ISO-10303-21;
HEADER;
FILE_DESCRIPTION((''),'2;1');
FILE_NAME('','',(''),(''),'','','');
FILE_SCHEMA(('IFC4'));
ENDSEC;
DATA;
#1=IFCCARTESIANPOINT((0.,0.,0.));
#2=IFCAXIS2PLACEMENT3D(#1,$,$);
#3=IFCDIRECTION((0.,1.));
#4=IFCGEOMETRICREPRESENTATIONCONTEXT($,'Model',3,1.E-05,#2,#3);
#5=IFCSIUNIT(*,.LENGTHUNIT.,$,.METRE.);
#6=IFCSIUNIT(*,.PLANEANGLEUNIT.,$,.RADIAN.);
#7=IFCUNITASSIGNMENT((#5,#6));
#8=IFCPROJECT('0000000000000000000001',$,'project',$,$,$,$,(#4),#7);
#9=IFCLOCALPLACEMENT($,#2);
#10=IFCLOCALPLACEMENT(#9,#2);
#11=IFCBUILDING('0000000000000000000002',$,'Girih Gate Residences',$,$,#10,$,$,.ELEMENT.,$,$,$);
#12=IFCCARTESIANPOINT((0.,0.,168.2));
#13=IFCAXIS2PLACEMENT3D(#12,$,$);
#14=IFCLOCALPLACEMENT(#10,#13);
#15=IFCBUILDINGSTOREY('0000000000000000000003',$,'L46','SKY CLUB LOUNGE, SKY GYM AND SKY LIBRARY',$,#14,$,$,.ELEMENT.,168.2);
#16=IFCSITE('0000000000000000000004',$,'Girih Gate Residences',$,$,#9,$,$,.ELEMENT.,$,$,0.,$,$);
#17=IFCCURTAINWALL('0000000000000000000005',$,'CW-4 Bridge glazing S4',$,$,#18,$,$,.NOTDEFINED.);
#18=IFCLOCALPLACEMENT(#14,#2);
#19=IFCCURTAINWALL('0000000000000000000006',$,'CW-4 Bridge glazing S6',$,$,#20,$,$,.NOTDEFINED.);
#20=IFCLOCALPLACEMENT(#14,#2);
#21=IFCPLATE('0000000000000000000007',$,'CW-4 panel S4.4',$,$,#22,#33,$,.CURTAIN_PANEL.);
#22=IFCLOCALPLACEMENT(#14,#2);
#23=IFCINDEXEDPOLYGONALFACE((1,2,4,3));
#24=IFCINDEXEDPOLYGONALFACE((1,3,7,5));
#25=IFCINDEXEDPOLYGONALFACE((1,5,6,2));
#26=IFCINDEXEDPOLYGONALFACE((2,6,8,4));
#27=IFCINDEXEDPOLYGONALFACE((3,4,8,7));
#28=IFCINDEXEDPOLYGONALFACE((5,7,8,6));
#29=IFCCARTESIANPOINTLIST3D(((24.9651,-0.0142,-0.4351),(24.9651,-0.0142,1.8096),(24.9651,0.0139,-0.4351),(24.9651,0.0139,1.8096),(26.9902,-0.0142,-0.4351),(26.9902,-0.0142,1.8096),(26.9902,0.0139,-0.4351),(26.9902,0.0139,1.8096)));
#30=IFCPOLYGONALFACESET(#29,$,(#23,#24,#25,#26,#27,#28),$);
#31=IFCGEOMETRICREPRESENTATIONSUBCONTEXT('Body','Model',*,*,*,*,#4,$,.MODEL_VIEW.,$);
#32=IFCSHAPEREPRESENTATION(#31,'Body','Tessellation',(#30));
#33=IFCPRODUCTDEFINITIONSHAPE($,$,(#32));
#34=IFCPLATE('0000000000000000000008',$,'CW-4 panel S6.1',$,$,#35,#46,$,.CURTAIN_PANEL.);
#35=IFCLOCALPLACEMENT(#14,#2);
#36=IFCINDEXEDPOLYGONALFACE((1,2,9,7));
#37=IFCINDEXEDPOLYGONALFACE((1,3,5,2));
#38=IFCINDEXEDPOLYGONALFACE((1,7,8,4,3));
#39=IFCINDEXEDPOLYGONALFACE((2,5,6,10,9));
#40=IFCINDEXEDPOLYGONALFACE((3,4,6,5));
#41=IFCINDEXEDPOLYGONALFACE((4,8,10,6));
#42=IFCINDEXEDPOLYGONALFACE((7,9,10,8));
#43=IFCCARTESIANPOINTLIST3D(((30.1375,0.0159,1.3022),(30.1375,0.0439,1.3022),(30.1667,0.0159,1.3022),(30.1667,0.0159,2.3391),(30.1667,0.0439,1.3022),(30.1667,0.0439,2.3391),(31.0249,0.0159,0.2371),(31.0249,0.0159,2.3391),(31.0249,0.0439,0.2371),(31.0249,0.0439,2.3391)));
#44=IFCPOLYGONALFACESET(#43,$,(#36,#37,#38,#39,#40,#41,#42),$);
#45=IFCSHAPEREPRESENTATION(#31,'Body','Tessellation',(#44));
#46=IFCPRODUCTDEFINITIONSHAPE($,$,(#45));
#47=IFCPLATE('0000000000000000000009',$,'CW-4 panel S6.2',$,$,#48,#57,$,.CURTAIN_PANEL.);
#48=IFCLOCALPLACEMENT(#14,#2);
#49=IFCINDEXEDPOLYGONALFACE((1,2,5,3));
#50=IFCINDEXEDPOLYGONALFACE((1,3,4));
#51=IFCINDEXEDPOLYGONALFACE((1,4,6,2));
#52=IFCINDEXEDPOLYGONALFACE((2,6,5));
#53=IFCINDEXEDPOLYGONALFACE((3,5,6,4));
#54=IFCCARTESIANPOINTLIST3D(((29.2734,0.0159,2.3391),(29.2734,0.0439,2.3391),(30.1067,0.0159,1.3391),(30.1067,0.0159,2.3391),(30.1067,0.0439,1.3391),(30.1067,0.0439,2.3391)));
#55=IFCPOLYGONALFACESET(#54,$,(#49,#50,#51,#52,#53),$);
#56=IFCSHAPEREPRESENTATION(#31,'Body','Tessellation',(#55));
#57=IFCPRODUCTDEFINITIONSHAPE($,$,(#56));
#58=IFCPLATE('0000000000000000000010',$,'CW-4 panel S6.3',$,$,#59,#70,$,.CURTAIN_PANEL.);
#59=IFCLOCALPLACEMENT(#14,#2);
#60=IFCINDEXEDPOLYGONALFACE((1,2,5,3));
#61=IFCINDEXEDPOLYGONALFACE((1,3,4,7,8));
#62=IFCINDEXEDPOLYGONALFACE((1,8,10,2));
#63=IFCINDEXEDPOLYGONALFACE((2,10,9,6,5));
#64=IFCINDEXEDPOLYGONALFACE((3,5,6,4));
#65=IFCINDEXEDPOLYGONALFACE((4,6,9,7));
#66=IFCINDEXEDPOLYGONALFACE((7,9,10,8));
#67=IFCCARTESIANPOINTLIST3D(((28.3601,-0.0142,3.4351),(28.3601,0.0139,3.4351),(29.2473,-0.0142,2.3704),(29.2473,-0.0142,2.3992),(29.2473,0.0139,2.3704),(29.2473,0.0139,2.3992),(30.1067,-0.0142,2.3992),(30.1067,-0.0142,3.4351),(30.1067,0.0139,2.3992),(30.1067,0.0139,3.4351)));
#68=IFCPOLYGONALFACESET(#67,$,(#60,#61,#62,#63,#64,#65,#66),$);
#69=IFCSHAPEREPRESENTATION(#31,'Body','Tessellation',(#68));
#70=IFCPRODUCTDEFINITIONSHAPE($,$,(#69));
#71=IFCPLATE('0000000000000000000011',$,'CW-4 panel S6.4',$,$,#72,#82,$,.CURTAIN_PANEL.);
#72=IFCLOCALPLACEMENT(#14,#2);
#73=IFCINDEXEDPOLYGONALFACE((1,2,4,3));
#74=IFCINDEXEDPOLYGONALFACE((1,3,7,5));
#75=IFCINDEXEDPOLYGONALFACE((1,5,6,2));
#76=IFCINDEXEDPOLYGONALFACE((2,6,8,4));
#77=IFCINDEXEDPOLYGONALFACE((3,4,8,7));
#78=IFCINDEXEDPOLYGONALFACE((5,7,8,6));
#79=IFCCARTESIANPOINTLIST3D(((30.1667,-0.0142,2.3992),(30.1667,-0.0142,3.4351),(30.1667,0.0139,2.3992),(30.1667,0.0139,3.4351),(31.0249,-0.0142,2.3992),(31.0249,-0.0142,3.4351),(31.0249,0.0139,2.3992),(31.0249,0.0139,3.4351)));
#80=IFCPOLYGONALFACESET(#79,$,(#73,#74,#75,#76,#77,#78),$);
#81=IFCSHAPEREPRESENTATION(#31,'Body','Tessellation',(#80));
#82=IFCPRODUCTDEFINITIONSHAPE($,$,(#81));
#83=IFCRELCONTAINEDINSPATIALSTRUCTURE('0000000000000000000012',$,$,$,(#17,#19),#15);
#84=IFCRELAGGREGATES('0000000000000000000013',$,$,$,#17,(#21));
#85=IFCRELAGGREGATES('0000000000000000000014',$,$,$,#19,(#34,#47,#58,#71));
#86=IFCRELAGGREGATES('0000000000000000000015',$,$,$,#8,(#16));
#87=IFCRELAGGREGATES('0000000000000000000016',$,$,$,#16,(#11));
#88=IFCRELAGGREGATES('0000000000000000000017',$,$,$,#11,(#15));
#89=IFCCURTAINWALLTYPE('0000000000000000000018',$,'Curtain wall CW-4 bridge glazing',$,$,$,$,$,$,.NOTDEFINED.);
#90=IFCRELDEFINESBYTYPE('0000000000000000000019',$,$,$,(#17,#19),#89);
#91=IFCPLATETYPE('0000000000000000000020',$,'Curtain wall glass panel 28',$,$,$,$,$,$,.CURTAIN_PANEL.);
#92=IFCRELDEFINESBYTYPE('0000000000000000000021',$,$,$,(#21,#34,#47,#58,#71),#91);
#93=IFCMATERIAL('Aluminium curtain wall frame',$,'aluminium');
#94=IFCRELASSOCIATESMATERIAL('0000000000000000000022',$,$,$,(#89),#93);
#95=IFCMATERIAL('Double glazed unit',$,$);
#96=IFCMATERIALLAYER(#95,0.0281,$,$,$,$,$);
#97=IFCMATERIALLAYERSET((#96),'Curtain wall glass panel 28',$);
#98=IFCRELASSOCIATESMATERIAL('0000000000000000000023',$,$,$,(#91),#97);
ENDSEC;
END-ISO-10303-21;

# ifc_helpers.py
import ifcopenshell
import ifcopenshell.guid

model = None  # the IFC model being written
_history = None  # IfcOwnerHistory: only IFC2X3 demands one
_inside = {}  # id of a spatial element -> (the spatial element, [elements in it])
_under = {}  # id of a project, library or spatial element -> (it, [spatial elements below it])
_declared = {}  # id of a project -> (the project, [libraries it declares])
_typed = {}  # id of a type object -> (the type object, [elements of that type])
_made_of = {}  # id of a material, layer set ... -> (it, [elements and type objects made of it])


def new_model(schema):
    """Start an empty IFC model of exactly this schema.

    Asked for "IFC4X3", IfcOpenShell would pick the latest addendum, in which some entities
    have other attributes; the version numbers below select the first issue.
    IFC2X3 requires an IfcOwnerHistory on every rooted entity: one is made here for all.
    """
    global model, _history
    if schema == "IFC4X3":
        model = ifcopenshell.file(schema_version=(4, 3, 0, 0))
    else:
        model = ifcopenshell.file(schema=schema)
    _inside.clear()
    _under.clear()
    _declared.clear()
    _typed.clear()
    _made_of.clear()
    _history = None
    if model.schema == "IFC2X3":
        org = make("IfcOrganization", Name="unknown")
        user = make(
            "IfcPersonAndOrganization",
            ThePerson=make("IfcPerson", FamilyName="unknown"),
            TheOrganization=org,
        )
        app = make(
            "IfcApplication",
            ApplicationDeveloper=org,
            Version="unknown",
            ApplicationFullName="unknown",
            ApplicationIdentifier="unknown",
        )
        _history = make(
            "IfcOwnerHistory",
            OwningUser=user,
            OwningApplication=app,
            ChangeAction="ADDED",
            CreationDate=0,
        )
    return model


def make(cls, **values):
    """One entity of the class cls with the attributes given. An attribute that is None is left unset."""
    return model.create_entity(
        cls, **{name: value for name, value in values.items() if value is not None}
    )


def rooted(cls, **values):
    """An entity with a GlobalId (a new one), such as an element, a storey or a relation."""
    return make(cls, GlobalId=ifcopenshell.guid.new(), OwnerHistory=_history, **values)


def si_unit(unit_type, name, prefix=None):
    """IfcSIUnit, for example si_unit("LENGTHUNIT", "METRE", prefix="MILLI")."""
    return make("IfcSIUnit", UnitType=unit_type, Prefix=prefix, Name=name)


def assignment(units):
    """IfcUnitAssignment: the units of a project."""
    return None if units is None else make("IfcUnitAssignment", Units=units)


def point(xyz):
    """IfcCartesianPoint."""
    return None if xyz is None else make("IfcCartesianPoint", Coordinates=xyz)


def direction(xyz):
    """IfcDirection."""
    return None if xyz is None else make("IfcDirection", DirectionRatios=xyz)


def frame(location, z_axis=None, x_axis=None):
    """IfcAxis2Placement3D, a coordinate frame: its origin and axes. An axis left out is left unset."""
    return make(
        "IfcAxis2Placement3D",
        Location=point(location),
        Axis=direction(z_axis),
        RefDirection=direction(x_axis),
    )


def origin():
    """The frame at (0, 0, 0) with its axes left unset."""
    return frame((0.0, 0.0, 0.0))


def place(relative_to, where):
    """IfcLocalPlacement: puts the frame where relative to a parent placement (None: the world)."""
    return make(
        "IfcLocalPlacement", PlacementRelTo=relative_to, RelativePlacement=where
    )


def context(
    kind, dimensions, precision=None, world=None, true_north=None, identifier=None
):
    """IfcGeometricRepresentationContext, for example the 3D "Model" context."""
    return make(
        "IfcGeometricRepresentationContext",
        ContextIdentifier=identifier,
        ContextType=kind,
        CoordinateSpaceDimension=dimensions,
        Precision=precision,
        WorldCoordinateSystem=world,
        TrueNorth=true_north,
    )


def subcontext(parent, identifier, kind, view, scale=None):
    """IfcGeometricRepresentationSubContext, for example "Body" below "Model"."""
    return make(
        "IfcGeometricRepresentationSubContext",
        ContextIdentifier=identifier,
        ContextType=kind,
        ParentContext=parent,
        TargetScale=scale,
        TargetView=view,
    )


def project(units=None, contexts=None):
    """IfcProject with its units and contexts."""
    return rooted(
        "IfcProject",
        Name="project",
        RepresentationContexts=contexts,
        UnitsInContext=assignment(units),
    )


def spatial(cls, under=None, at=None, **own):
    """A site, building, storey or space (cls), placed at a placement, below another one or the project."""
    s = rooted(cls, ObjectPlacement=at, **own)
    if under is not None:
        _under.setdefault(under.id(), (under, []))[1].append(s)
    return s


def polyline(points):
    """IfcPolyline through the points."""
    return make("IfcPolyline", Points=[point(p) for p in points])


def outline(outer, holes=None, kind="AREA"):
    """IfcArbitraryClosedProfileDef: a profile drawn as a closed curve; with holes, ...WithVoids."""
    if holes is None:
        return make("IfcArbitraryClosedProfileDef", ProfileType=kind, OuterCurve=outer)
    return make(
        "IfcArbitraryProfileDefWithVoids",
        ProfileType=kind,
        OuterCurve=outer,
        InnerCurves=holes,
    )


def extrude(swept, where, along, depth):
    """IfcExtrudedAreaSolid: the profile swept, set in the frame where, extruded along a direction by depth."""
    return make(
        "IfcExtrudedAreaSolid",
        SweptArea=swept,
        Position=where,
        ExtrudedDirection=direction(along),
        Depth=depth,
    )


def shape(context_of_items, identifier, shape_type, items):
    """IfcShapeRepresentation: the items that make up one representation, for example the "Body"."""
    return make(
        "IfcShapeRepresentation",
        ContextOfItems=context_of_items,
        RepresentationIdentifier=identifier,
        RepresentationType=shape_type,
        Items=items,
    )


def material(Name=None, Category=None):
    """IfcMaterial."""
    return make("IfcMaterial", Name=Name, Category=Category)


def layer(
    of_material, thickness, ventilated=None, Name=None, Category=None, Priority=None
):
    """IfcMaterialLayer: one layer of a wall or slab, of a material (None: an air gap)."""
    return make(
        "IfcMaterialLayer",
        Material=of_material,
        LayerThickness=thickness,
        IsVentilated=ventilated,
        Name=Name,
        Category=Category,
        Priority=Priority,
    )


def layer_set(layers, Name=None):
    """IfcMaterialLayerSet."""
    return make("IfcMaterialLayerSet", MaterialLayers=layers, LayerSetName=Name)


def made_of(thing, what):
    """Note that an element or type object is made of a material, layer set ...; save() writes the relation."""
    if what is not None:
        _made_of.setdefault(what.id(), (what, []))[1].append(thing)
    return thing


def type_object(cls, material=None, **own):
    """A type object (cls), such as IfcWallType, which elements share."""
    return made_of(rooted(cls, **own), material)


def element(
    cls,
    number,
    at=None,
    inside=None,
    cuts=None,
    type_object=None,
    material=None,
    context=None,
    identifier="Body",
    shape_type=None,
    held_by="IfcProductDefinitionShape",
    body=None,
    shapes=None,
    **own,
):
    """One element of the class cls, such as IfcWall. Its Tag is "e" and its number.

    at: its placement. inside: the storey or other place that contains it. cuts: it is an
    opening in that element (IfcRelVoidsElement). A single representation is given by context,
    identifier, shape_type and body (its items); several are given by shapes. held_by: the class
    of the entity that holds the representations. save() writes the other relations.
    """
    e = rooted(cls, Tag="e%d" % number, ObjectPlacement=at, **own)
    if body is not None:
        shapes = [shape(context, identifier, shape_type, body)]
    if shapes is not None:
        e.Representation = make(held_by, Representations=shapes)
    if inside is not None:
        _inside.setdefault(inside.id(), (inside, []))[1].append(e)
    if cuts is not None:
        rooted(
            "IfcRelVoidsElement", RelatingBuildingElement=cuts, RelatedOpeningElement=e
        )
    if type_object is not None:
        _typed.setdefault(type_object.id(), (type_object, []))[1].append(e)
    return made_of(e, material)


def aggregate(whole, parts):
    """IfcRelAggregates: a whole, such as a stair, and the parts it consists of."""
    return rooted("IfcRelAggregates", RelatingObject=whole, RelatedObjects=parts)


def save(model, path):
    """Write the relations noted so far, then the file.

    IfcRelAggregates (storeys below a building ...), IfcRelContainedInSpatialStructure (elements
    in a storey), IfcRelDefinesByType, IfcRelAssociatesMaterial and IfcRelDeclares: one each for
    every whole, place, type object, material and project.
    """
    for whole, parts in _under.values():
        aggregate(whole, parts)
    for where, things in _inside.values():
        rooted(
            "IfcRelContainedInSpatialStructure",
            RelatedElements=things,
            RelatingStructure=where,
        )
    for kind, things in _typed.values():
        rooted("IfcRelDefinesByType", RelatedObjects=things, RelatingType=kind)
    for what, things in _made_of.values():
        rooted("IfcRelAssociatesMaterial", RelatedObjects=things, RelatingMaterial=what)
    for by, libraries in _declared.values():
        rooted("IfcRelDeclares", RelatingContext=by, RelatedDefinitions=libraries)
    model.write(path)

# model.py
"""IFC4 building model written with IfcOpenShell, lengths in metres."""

from ifc_helpers import new_model, si_unit, direction, frame, origin, place, context, subcontext, project, spatial, polyline, outline, extrude, material, layer, layer_set, type_object, element, aggregate, save


model = new_model("IFC4")

# Units and contexts
model_context = context("Model", 3, precision=1e-05, world=origin(), true_north=direction((0.0, 1.0)))
body_context = subcontext(model_context, "Body", "Model", "MODEL_VIEW")
ifc_project = project(units=[si_unit("LENGTHUNIT", "METRE"), si_unit("PLANEANGLEUNIT", "RADIAN")], contexts=[model_context])

# Site, building, storey
site_placement = place(None, origin())
site = spatial("IfcSite", under=ifc_project, at=site_placement, Name="Girih Gate Residences", CompositionType="ELEMENT", RefElevation=0.0)
building_placement = place(site_placement, origin())
building = spatial("IfcBuilding", under=site, at=building_placement, Name="Girih Gate Residences", CompositionType="ELEMENT")
storey_placement = place(building_placement, frame((0.0, 0.0, 168.2)))
storey = spatial("IfcBuildingStorey", under=building, at=storey_placement, Name="L46", Description="SKY CLUB LOUNGE, SKY GYM AND SKY LIBRARY", CompositionType="ELEMENT", Elevation=168.2)

# Curtain walls
ifc_material_1 = material(Name="Aluminium curtain wall frame", Category="aluminium")
curtain_wall_type = type_object("IfcCurtainWallType", Name="Curtain wall CW-4 bridge glazing", PredefinedType="NOTDEFINED", material=ifc_material_1)
curtain_wall_1_placement = place(storey_placement, origin())
curtain_wall_1 = element("IfcCurtainWall", 1, at=curtain_wall_1_placement, inside=storey, type_object=curtain_wall_type, Name="CW-4 Bridge glazing S4", PredefinedType="NOTDEFINED")
curtain_wall_2_placement = place(storey_placement, origin())
curtain_wall_2 = element("IfcCurtainWall", 2, at=curtain_wall_2_placement, inside=storey, type_object=curtain_wall_type, Name="CW-4 Bridge glazing S6", PredefinedType="NOTDEFINED")

# Shared definitions
ifc_material_2 = material(Name="Double glazed unit")
ifc_layer = layer(ifc_material_2, 0.0281)
ifc_layer_set = layer_set([ifc_layer], Name="Curtain wall glass panel 28")
plate_type = type_object("IfcPlateType", Name="Curtain wall glass panel 28", PredefinedType="CURTAIN_PANEL", material=ifc_layer_set)

# Plates
plate_1_placement = place(storey_placement, frame((24.9651, 0.0139, -0.4351), z_axis=(0.0, 1.0, 0.0), x_axis=(0.0, 0.0, 1.0)))
plate_1 = element("IfcPlate", 3, at=plate_1_placement, type_object=plate_type, Name="CW-4 panel S4.4", PredefinedType="CURTAIN_PANEL", context=body_context, shape_type="SweptSolid", body=[
    extrude(outline(polyline([(0.0, 0.0), (2.2446, 0.0), (2.2446, 2.0251), (0.0, 2.0251), (0.0, 0.0)])), origin(), (0.0, 0.0, -1.0), 0.0281),
])
aggregate(curtain_wall_1, [plate_1])
plate_2_placement = place(storey_placement, frame((30.1375, 0.0439, 1.3022), z_axis=(0.0, 1.0, 0.0), x_axis=(1.0, 0.0, 0.0)))
plate_2 = element("IfcPlate", 4, at=plate_2_placement, type_object=plate_type, Name="CW-4 panel S6.1", PredefinedType="CURTAIN_PANEL", context=body_context, shape_type="SweptSolid", body=[
    extrude(outline(polyline([(0.0, 0.0), (0.0293, 0.0), (0.0293, -1.0369), (0.8875, -1.0369), (0.8875, 1.0652), (0.0, 0.0)])), origin(), (0.0, 0.0, -1.0), 0.0281),
])
plate_3_placement = place(storey_placement, frame((29.2734, 0.0439, 2.3391), z_axis=(0.0, 1.0, 0.0), x_axis=(1.0, 0.0, 0.0)))
plate_3 = element("IfcPlate", 5, at=plate_3_placement, type_object=plate_type, Name="CW-4 panel S6.2", PredefinedType="CURTAIN_PANEL", context=body_context, shape_type="SweptSolid", body=[
    extrude(outline(polyline([(0.0, 0.0), (0.8333, 0.0), (0.8333, 1.0), (0.0, 0.0)])), origin(), (0.0, 0.0, -1.0), 0.0281),
])
plate_4_placement = place(storey_placement, frame((28.3601, 0.0139, 3.4351), z_axis=(0.0, 1.0, 0.0), x_axis=(1.0, 0.0, 0.0)))
plate_4 = element("IfcPlate", 6, at=plate_4_placement, type_object=plate_type, Name="CW-4 panel S6.3", PredefinedType="CURTAIN_PANEL", context=body_context, shape_type="SweptSolid", body=[
    extrude(outline(polyline([(0.0, 0.0), (1.7466, 0.0), (1.7466, 1.0359), (0.8872, 1.0359), (0.8872, 1.0647), (0.0, 0.0)])), origin(), (0.0, 0.0, -1.0), 0.0281),
])
plate_5_placement = place(storey_placement, frame((31.0249, 0.0139, 3.4351), z_axis=(0.0, 1.0, 0.0), x_axis=(0.0, 0.0, -1.0)))
plate_5 = element("IfcPlate", 7, at=plate_5_placement, type_object=plate_type, Name="CW-4 panel S6.4", PredefinedType="CURTAIN_PANEL", context=body_context, shape_type="SweptSolid", body=[
    extrude(outline(polyline([(0.0, 0.0), (1.0359, 0.0), (1.0359, 0.8582), (0.0, 0.8582), (0.0, 0.0)])), origin(), (0.0, 0.0, -1.0), 0.0281),
])
aggregate(curtain_wall_2, [plate_2, plate_3, plate_4, plate_5])

save(model, "model.ifc")
